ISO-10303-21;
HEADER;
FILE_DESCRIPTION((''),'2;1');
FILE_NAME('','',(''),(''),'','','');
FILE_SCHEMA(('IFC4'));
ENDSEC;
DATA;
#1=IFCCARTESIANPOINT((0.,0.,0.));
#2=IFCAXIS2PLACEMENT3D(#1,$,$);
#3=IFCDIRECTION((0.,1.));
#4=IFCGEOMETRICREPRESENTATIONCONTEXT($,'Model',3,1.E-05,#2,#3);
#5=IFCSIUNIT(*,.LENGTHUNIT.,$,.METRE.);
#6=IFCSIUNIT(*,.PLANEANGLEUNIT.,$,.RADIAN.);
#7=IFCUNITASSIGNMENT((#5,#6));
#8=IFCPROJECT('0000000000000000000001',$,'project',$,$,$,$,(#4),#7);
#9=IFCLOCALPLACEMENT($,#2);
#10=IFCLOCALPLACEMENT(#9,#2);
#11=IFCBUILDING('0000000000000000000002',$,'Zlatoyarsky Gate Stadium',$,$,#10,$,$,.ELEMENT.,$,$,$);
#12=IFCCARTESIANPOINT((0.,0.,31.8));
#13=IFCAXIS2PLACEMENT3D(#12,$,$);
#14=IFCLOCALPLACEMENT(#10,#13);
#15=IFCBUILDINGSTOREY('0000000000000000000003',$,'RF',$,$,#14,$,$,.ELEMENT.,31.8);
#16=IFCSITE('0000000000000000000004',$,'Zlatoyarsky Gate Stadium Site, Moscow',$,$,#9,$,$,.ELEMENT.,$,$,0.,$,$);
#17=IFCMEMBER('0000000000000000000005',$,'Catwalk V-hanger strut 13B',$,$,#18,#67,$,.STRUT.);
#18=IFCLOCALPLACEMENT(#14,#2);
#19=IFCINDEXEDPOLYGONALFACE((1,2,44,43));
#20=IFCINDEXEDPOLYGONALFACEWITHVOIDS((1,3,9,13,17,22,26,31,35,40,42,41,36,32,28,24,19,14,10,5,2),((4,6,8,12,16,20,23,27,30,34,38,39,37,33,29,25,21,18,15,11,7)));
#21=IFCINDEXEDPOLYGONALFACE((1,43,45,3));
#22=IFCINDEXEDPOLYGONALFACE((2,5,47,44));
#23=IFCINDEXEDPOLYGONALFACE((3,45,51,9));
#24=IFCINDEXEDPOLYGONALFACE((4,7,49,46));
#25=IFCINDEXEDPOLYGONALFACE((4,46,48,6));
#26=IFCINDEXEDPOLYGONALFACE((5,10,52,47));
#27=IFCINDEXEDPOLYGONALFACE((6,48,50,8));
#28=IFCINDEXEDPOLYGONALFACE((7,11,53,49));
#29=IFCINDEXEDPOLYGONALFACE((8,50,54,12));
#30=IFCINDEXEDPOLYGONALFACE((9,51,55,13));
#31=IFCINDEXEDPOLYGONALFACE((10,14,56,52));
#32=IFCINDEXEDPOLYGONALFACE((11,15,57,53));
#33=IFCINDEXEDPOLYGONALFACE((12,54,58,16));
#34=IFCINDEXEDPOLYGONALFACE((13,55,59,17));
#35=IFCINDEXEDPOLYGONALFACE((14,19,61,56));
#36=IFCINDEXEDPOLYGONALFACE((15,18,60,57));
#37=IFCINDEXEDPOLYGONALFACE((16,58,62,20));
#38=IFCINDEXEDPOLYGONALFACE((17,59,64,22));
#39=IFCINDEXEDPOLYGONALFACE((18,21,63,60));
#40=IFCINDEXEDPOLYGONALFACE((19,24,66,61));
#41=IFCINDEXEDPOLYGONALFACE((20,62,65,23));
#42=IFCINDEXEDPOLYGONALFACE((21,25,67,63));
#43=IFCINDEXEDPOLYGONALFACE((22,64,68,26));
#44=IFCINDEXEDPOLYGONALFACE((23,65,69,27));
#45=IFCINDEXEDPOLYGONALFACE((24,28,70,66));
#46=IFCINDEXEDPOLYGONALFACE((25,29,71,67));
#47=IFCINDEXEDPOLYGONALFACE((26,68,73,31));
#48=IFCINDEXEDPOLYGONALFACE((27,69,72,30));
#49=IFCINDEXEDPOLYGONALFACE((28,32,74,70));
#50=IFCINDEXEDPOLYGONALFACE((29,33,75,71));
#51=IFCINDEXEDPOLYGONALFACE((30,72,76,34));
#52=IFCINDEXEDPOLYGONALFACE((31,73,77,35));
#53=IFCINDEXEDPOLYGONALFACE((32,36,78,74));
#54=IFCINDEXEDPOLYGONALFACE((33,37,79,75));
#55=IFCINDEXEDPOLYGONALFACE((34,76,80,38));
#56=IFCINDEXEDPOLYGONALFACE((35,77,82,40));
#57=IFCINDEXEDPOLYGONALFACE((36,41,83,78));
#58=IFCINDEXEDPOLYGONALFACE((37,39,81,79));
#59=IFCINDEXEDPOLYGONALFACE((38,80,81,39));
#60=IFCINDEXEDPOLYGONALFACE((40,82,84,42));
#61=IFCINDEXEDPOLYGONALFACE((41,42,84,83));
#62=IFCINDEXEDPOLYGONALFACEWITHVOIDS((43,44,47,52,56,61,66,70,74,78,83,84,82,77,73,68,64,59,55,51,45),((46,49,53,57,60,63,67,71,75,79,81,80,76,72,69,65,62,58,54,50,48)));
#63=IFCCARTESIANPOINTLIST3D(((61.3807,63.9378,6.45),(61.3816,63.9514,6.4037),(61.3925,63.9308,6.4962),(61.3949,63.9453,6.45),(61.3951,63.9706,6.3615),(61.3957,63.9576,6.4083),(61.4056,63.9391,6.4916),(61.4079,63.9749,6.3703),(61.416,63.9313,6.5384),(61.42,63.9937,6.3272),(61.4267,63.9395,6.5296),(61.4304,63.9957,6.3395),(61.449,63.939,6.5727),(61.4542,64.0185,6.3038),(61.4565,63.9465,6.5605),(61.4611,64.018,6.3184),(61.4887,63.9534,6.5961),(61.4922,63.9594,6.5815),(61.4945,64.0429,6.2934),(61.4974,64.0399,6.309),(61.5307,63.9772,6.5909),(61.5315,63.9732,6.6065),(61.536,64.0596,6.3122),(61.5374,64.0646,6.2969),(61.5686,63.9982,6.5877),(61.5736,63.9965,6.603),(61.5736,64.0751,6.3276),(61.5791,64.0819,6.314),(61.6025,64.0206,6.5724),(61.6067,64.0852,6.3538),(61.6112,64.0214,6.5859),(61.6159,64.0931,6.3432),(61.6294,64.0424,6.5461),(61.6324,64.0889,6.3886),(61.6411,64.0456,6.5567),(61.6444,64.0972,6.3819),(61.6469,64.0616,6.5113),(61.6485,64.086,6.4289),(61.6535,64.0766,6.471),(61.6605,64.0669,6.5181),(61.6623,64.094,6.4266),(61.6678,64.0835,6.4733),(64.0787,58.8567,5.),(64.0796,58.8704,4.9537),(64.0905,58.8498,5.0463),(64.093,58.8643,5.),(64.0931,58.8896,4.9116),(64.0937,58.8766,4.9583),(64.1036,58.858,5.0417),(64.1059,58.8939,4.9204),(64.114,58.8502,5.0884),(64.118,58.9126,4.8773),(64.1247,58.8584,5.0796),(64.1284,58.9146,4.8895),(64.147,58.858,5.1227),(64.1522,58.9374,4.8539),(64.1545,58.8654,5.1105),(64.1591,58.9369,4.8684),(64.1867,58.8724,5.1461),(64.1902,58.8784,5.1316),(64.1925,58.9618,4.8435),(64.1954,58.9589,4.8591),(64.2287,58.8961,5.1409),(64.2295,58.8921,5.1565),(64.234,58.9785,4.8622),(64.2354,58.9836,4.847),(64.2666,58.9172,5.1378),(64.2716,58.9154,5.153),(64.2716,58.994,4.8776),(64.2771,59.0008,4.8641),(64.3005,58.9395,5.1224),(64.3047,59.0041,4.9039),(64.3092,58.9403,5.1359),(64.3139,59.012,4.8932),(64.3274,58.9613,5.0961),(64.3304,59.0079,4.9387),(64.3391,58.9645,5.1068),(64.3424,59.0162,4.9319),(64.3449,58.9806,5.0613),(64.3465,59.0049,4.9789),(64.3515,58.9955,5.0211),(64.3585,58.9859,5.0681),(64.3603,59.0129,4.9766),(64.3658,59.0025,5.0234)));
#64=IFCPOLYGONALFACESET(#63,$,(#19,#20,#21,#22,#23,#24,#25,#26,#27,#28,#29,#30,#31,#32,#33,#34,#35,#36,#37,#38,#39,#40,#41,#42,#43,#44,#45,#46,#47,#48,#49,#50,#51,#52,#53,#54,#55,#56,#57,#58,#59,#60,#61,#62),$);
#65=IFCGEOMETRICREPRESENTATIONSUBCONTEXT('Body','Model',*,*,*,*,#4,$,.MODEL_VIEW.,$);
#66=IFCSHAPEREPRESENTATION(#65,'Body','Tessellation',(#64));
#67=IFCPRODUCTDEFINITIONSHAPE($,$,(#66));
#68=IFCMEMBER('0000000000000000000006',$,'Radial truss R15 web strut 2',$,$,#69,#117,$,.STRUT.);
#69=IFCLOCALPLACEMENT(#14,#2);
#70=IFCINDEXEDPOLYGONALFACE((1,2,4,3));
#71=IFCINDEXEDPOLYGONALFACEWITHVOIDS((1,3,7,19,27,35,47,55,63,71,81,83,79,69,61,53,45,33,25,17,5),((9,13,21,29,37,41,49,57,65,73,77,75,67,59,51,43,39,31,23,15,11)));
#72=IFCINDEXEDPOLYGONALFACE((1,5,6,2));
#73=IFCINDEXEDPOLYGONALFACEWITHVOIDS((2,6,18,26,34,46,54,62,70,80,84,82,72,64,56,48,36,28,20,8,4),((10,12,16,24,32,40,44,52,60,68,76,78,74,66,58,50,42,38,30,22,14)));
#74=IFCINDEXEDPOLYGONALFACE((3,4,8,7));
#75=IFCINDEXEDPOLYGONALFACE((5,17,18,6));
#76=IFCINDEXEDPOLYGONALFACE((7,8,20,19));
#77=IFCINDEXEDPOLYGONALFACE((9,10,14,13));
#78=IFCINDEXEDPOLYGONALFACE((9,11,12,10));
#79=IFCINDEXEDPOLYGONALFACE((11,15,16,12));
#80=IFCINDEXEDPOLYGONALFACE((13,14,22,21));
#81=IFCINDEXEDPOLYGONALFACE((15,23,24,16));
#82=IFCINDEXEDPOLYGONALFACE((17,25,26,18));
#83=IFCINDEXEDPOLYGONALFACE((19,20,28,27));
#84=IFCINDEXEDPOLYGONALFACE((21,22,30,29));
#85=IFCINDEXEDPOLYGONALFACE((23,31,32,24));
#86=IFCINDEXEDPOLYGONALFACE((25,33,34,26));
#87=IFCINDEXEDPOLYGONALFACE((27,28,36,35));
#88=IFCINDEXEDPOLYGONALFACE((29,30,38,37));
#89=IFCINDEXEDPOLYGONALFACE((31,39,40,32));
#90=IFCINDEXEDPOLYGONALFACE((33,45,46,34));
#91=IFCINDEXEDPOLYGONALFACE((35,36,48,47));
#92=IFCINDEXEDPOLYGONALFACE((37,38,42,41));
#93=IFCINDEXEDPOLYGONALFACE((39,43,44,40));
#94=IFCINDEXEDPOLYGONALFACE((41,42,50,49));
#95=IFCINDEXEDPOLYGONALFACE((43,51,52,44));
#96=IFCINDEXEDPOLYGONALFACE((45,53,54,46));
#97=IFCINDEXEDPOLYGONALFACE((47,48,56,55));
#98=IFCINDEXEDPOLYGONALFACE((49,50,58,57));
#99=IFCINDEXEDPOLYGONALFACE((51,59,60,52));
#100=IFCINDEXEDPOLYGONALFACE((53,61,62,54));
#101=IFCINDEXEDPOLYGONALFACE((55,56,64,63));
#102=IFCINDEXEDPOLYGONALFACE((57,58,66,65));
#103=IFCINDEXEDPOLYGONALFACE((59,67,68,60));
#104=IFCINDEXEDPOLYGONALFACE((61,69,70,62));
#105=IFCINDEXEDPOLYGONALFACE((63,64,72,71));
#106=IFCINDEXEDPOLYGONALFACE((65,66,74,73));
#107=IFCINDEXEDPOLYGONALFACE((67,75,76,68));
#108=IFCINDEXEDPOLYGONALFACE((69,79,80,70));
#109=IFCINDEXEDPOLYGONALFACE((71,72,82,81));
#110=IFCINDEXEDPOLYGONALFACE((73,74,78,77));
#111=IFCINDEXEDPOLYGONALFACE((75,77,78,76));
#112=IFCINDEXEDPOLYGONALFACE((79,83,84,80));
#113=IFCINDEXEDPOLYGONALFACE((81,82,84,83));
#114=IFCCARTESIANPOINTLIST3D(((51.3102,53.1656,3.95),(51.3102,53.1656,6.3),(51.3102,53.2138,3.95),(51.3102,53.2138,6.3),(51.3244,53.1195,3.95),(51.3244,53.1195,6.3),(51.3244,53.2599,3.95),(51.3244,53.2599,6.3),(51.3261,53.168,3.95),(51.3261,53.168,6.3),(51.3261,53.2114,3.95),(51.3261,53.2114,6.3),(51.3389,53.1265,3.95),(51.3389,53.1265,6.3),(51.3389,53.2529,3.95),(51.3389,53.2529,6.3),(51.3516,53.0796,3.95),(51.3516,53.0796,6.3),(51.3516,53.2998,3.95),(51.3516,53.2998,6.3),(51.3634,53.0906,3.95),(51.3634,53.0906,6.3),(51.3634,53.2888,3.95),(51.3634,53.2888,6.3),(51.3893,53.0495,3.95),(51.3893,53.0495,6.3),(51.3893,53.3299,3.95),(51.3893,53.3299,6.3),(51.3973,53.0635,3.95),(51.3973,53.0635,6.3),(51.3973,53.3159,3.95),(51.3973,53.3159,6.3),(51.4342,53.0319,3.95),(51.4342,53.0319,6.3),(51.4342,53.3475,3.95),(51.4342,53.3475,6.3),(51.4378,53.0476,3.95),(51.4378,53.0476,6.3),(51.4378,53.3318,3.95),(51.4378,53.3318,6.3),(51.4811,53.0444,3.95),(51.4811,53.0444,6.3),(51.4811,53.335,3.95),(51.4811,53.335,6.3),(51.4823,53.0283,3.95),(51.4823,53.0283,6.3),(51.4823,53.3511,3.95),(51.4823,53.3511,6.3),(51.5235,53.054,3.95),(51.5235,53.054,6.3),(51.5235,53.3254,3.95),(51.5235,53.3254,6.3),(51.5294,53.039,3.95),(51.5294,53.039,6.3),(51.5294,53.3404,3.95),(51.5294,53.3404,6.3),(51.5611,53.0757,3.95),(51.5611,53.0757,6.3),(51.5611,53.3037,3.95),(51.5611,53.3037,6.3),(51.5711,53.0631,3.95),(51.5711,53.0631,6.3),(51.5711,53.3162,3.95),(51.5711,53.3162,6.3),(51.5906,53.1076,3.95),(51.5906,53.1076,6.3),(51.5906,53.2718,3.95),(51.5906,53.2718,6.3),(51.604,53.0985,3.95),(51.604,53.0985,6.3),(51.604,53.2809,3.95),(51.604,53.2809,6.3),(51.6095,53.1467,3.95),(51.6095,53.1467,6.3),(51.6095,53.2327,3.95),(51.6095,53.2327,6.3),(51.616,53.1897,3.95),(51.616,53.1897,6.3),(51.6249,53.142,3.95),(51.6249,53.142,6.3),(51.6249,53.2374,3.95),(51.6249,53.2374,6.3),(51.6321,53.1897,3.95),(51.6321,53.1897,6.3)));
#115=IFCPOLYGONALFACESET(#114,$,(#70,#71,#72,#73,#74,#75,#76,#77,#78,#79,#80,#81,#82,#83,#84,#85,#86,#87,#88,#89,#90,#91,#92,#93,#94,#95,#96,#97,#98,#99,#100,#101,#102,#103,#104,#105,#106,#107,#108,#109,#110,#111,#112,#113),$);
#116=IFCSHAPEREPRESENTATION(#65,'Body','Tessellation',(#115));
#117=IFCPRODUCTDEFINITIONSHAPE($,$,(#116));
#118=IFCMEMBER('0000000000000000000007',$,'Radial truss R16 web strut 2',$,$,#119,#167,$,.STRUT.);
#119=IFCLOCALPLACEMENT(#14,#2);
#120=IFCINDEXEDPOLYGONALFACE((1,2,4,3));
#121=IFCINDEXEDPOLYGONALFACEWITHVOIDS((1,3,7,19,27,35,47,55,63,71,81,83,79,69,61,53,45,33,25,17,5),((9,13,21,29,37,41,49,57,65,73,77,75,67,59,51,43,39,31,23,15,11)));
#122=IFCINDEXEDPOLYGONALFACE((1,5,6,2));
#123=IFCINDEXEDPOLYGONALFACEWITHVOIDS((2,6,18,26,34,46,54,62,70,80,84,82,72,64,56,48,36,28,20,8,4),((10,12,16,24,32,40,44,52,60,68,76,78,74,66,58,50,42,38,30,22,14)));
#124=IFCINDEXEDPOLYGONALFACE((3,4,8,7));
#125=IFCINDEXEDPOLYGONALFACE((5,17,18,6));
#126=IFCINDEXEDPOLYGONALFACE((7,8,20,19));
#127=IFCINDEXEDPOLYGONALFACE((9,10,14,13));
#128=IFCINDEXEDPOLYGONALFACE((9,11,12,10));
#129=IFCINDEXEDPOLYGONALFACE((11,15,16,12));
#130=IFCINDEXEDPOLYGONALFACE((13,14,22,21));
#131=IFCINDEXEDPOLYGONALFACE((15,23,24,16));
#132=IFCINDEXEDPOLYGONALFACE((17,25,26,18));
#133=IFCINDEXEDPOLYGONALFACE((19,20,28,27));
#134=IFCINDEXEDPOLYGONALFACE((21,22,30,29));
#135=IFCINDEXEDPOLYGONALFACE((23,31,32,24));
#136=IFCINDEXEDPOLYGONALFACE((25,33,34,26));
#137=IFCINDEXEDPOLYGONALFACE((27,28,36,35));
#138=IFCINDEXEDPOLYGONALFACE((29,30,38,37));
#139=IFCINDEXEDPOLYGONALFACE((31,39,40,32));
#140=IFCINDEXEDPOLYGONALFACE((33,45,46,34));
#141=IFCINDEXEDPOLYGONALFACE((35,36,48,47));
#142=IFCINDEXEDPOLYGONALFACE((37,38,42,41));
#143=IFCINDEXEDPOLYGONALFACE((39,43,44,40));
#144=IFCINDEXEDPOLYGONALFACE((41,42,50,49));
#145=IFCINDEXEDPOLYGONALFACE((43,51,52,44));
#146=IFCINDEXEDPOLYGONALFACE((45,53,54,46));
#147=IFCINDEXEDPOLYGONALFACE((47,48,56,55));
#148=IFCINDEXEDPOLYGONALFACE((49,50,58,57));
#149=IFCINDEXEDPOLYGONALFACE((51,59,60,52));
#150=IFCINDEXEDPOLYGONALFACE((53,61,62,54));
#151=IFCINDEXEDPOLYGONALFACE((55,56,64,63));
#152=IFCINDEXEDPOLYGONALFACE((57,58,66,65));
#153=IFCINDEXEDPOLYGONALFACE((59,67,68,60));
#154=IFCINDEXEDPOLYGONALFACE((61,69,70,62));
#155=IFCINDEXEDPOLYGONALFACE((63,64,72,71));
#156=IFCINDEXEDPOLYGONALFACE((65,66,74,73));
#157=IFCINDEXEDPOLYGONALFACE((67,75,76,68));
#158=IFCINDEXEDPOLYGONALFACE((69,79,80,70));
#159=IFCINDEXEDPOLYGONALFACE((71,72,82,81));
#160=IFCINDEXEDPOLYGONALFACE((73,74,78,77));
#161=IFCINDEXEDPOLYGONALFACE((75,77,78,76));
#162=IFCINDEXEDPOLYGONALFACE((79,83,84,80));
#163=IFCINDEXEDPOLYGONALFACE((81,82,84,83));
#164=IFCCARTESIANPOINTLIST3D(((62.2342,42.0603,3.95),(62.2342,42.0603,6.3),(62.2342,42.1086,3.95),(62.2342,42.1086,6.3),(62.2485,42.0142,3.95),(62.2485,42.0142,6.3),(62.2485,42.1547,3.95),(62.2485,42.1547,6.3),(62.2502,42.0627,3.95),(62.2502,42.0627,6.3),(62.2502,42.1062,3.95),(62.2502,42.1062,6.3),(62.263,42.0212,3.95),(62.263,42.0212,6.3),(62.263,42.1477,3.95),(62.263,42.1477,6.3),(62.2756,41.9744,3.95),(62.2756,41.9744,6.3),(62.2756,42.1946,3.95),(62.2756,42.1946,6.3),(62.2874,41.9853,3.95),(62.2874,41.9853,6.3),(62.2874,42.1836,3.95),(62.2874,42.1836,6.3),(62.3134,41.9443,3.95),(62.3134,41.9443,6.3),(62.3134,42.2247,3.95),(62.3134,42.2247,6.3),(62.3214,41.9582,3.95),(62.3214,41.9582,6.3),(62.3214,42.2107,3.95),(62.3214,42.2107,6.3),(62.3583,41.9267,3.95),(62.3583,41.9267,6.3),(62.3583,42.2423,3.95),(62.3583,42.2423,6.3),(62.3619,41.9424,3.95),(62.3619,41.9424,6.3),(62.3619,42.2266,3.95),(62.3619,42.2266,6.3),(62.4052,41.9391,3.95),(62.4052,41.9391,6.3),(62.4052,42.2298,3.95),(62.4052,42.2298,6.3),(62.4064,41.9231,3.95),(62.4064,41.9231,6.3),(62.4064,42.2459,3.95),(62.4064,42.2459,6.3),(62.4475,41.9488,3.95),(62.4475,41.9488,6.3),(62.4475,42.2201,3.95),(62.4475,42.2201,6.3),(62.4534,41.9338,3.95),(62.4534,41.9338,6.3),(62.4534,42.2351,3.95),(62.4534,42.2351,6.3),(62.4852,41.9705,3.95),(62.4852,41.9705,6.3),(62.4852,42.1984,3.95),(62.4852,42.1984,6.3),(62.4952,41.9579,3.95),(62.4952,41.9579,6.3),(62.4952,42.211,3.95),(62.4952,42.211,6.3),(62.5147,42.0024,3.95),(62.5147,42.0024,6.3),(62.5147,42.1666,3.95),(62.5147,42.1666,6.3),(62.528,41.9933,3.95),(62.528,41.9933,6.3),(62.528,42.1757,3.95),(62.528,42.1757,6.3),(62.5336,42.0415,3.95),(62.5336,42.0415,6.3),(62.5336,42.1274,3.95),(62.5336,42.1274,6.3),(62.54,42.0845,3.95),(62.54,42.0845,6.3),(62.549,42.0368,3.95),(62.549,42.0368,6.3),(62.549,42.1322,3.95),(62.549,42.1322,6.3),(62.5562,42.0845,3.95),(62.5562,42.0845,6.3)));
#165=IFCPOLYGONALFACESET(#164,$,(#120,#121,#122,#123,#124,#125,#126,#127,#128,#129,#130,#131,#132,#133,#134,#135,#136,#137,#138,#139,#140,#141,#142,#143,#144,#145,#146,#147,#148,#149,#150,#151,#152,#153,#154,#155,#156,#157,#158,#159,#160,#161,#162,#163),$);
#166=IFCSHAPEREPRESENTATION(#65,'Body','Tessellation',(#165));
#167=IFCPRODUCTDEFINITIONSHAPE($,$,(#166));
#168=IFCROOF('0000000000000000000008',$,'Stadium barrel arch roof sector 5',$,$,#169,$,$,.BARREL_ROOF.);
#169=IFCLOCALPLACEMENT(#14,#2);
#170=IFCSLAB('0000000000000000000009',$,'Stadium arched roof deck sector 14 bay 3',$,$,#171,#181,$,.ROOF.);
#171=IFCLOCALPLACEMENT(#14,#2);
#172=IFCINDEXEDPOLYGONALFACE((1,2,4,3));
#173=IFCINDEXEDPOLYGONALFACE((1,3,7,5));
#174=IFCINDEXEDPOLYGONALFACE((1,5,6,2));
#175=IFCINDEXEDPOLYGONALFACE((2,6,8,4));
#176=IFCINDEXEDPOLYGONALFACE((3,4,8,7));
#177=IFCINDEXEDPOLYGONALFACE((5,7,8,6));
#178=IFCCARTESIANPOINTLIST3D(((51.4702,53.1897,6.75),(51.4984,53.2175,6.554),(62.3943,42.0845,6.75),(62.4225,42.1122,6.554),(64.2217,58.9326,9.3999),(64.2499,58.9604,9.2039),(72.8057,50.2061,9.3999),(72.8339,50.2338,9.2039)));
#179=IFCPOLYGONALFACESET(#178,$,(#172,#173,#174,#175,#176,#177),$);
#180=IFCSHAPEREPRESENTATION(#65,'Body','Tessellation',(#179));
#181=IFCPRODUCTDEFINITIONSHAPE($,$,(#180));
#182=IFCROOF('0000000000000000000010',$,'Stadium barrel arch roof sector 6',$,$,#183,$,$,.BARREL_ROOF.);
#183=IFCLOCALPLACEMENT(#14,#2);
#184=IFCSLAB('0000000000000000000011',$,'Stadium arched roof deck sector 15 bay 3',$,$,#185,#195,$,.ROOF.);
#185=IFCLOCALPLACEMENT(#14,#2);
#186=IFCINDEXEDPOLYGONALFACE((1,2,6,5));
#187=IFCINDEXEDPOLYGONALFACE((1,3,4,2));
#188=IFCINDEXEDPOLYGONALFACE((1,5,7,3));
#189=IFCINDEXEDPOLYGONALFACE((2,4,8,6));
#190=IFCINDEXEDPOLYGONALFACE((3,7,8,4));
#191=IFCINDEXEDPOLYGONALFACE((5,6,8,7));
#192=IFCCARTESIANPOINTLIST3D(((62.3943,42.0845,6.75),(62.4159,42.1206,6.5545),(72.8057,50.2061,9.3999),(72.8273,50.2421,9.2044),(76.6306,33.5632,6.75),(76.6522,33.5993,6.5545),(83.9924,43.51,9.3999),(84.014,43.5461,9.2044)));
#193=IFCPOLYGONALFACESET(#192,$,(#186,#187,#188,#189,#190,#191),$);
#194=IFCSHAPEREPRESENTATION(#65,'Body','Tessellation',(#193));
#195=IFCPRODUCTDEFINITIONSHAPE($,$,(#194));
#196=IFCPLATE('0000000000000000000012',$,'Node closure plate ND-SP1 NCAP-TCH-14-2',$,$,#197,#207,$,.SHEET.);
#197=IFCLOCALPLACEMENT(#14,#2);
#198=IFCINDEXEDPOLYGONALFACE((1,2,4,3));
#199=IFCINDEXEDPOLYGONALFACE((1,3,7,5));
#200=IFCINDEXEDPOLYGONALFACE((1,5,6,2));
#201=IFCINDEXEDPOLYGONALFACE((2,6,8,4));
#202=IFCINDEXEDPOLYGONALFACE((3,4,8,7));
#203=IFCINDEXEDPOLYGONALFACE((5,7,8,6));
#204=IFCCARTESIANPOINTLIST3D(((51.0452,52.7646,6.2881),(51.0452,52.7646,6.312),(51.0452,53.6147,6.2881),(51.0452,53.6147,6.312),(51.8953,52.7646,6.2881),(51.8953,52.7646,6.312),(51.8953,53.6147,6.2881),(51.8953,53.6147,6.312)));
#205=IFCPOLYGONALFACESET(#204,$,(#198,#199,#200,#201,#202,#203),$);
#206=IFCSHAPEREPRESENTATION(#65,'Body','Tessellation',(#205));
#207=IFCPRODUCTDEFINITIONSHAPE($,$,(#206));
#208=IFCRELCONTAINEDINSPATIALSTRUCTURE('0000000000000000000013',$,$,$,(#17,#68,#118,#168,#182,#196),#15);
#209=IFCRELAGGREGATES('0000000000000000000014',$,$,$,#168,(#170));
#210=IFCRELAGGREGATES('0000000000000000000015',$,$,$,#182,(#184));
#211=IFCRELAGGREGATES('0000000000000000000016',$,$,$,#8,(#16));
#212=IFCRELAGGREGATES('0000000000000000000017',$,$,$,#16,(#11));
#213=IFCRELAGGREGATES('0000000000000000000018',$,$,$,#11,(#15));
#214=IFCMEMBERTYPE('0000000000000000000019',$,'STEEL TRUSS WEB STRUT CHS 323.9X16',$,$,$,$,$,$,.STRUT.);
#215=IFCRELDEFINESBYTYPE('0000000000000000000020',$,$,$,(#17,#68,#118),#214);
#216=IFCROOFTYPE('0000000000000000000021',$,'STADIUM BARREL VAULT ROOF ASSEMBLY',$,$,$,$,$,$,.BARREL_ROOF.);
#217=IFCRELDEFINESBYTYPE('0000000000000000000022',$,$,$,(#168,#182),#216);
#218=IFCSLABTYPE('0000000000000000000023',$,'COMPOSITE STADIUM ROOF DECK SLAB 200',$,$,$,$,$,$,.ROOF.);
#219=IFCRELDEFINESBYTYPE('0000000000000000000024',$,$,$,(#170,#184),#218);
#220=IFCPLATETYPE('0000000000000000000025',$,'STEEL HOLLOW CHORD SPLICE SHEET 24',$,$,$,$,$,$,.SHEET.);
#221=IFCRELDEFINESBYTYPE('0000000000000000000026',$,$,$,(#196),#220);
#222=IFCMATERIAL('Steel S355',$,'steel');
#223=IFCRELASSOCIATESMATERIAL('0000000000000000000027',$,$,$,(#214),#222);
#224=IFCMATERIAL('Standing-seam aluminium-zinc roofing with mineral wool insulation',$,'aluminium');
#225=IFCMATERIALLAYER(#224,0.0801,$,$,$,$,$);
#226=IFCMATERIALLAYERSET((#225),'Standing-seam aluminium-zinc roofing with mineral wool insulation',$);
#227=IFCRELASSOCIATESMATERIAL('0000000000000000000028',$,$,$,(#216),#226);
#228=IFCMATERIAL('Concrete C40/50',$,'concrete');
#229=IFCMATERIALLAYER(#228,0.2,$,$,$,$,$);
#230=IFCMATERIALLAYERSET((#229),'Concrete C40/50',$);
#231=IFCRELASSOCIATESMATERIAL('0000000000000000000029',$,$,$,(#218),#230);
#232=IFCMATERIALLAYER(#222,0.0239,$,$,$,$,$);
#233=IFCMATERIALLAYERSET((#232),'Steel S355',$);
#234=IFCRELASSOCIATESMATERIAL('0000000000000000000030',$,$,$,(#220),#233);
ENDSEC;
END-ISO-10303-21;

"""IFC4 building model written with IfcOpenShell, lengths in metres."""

from ifc_helpers import new_model, si_unit, direction, frame, origin, origin_2d, place, context, subcontext, project, spatial, polyline, rectangle, hollow_circle, outline, extrude, material, layer, layer_set, material_profile, profile_set, type_object, element, aggregate, save


model = new_model("IFC4")

# Units and contexts
model_context = context("Model", 3, precision=1e-05, world=origin(), true_north=direction((0.0, 1.0)))
body_context = subcontext(model_context, "Body", "Model", "MODEL_VIEW")
ifc_project = project(units=[si_unit("LENGTHUNIT", "METRE"), si_unit("PLANEANGLEUNIT", "RADIAN")], contexts=[model_context])

# Site, building, storey
site_placement = place(None, origin())
site = spatial("IfcSite", under=ifc_project, at=site_placement, Name="Zlatoyarsky Gate Stadium Site, Moscow", CompositionType="ELEMENT", RefElevation=0.0)
building_placement = place(site_placement, origin())
building = spatial("IfcBuilding", under=site, at=building_placement, Name="Zlatoyarsky Gate Stadium", CompositionType="ELEMENT")
storey_placement = place(building_placement, frame((0.0, 0.0, 31.8)))
storey = spatial("IfcBuildingStorey", under=building, at=storey_placement, Name="RF", CompositionType="ELEMENT", Elevation=31.8)

# Shared definitions
ifc_material_1 = material(Name="Steel S355", Category="steel")

# Members
ifc_material_profile_1 = material_profile(ifc_material_1, hollow_circle(Radius=0.1619, WallThickness=0.0161, at=origin_2d()), Name="CHS 323.9X16")
ifc_profile_set_1 = profile_set([ifc_material_profile_1], Name="Steel S355")
member_type_1 = type_object("IfcMemberType", Name="STEEL TRUSS WEB STRUT CHS 323.9X16", PredefinedType="STRUT", material=ifc_profile_set_1)
member_1_placement = place(storey_placement, frame((64.2217, 58.9326, 5.0), z_axis=(-0.454756, 0.856428, 0.244394), x_axis=(-0.88321, -0.468977, 0.0)))
element("IfcMember", 1, at=member_1_placement, inside=storey, type_object=member_type_1, Name="Catwalk V-hanger strut 13B", PredefinedType="STRUT", context=body_context, shape_type="SweptSolid", body=[
    extrude(hollow_circle(Radius=0.1619, WallThickness=0.0161, at=origin_2d()), origin(), (0.0, 0.0, 1.0), 5.9329),
])
for number, where, z_axis, x_axis, name in (
    (2, (51.4702, 53.1897, 3.95), (0.0, 0.0, 1.0), (1.0, 0.0, 0.0), "Radial truss R15 web strut 2"),
    (3, (62.3943, 42.0845, 3.95), (0.0, 0.0, 1.0), (1.0, 0.0, 0.0), "Radial truss R16 web strut 2"),
):
    element("IfcMember", number, at=place(storey_placement, frame(where, z_axis=z_axis, x_axis=x_axis)), inside=storey, type_object=member_type_1, Name=name, PredefinedType="STRUT", context=body_context, shape_type="SweptSolid", body=[
        extrude(hollow_circle(Radius=0.1619, WallThickness=0.0161, at=origin_2d()), origin(), (0.0, 0.0, 1.0), 2.3501),
    ])

# Roofs, slabs
ifc_material_2 = material(Name="Standing-seam aluminium-zinc roofing with mineral wool insulation", Category="aluminium")
ifc_layer_1 = layer(ifc_material_2, 0.0801)
ifc_layer_set_1 = layer_set([ifc_layer_1], Name="Standing-seam aluminium-zinc roofing with mineral wool insulation")
roof_type = type_object("IfcRoofType", Name="STADIUM BARREL VAULT ROOF ASSEMBLY", PredefinedType="BARREL_ROOF", material=ifc_layer_set_1)
roof_1_placement = place(storey_placement, origin())
roof_1 = element("IfcRoof", 4, at=roof_1_placement, inside=storey, type_object=roof_type, Name="Stadium barrel arch roof sector 5", PredefinedType="BARREL_ROOF")
ifc_material_3 = material(Name="Concrete C40/50", Category="concrete")
ifc_layer_2 = layer(ifc_material_3, 0.2)
ifc_layer_set_2 = layer_set([ifc_layer_2], Name="Concrete C40/50")
slab_type = type_object("IfcSlabType", Name="COMPOSITE STADIUM ROOF DECK SLAB 200", PredefinedType="ROOF", material=ifc_layer_set_2)
slab_1_placement = place(storey_placement, frame((51.4702, 53.1897, 6.75), z_axis=(-0.141161, -0.138857, 0.9802), x_axis=(0.701268, -0.712898, 0.000001)))
slab_1 = element("IfcSlab", 5, at=slab_1_placement, type_object=slab_type, Name="Stadium arched roof deck sector 14 bay 3", PredefinedType="ROOF", context=body_context, shape_type="SweptSolid", body=[
    extrude(outline(polyline([(0.0, 0.0), (15.5776, 0.0), (17.0889, 13.3826), (4.8481, 13.3828), (0.0, 0.0)])), origin(), (0.0, 0.0, -1.0), 0.2),
])
roof_2_placement = place(storey_placement, origin())
roof_2 = element("IfcRoof", 6, at=roof_2_placement, inside=storey, type_object=roof_type, Name="Stadium barrel arch roof sector 6", PredefinedType="BARREL_ROOF")
slab_2_placement = place(storey_placement, frame((62.3943, 42.0845, 6.75), z_axis=(-0.108033, -0.180488, 0.977626), x_axis=(0.858039, -0.513585, 0.000001)))
slab_2 = element("IfcSlab", 7, at=slab_2_placement, type_object=slab_type, Name="Stadium arched roof deck sector 15 bay 3", PredefinedType="ROOF", context=body_context, shape_type="SweptSolid", body=[
    extrude(outline(polyline([(0.0, 0.0), (16.5917, 0.0), (17.7999, 12.5975), (4.7622, 12.5976), (0.0, 0.0)])), origin(), (0.0, 0.0, -1.0), 0.2),
])

# Plate
ifc_layer_3 = layer(ifc_material_1, 0.0239)
ifc_layer_set_3 = layer_set([ifc_layer_3], Name="Steel S355")
plate_type_1 = type_object("IfcPlateType", Name="STEEL HOLLOW CHORD SPLICE SHEET 24", PredefinedType="SHEET", material=ifc_layer_set_3)
plate_1_placement = place(storey_placement, frame((51.4702, 53.1897, 6.2881), z_axis=(0.0, 0.0, 1.0), x_axis=(1.0, 0.0, 0.0)))
element("IfcPlate", 8, at=plate_1_placement, inside=storey, type_object=plate_type_1, Name="Node closure plate ND-SP1 NCAP-TCH-14-2", PredefinedType="SHEET", context=body_context, shape_type="SweptSolid", body=[
    extrude(rectangle(XDim=0.8501, YDim=0.8501, at=origin_2d()), origin(), (0.0, 0.0, 1.0), 0.0239),
])

aggregate(roof_1, [slab_1])
aggregate(roof_2, [slab_2])

save(model, "model.ifc")
